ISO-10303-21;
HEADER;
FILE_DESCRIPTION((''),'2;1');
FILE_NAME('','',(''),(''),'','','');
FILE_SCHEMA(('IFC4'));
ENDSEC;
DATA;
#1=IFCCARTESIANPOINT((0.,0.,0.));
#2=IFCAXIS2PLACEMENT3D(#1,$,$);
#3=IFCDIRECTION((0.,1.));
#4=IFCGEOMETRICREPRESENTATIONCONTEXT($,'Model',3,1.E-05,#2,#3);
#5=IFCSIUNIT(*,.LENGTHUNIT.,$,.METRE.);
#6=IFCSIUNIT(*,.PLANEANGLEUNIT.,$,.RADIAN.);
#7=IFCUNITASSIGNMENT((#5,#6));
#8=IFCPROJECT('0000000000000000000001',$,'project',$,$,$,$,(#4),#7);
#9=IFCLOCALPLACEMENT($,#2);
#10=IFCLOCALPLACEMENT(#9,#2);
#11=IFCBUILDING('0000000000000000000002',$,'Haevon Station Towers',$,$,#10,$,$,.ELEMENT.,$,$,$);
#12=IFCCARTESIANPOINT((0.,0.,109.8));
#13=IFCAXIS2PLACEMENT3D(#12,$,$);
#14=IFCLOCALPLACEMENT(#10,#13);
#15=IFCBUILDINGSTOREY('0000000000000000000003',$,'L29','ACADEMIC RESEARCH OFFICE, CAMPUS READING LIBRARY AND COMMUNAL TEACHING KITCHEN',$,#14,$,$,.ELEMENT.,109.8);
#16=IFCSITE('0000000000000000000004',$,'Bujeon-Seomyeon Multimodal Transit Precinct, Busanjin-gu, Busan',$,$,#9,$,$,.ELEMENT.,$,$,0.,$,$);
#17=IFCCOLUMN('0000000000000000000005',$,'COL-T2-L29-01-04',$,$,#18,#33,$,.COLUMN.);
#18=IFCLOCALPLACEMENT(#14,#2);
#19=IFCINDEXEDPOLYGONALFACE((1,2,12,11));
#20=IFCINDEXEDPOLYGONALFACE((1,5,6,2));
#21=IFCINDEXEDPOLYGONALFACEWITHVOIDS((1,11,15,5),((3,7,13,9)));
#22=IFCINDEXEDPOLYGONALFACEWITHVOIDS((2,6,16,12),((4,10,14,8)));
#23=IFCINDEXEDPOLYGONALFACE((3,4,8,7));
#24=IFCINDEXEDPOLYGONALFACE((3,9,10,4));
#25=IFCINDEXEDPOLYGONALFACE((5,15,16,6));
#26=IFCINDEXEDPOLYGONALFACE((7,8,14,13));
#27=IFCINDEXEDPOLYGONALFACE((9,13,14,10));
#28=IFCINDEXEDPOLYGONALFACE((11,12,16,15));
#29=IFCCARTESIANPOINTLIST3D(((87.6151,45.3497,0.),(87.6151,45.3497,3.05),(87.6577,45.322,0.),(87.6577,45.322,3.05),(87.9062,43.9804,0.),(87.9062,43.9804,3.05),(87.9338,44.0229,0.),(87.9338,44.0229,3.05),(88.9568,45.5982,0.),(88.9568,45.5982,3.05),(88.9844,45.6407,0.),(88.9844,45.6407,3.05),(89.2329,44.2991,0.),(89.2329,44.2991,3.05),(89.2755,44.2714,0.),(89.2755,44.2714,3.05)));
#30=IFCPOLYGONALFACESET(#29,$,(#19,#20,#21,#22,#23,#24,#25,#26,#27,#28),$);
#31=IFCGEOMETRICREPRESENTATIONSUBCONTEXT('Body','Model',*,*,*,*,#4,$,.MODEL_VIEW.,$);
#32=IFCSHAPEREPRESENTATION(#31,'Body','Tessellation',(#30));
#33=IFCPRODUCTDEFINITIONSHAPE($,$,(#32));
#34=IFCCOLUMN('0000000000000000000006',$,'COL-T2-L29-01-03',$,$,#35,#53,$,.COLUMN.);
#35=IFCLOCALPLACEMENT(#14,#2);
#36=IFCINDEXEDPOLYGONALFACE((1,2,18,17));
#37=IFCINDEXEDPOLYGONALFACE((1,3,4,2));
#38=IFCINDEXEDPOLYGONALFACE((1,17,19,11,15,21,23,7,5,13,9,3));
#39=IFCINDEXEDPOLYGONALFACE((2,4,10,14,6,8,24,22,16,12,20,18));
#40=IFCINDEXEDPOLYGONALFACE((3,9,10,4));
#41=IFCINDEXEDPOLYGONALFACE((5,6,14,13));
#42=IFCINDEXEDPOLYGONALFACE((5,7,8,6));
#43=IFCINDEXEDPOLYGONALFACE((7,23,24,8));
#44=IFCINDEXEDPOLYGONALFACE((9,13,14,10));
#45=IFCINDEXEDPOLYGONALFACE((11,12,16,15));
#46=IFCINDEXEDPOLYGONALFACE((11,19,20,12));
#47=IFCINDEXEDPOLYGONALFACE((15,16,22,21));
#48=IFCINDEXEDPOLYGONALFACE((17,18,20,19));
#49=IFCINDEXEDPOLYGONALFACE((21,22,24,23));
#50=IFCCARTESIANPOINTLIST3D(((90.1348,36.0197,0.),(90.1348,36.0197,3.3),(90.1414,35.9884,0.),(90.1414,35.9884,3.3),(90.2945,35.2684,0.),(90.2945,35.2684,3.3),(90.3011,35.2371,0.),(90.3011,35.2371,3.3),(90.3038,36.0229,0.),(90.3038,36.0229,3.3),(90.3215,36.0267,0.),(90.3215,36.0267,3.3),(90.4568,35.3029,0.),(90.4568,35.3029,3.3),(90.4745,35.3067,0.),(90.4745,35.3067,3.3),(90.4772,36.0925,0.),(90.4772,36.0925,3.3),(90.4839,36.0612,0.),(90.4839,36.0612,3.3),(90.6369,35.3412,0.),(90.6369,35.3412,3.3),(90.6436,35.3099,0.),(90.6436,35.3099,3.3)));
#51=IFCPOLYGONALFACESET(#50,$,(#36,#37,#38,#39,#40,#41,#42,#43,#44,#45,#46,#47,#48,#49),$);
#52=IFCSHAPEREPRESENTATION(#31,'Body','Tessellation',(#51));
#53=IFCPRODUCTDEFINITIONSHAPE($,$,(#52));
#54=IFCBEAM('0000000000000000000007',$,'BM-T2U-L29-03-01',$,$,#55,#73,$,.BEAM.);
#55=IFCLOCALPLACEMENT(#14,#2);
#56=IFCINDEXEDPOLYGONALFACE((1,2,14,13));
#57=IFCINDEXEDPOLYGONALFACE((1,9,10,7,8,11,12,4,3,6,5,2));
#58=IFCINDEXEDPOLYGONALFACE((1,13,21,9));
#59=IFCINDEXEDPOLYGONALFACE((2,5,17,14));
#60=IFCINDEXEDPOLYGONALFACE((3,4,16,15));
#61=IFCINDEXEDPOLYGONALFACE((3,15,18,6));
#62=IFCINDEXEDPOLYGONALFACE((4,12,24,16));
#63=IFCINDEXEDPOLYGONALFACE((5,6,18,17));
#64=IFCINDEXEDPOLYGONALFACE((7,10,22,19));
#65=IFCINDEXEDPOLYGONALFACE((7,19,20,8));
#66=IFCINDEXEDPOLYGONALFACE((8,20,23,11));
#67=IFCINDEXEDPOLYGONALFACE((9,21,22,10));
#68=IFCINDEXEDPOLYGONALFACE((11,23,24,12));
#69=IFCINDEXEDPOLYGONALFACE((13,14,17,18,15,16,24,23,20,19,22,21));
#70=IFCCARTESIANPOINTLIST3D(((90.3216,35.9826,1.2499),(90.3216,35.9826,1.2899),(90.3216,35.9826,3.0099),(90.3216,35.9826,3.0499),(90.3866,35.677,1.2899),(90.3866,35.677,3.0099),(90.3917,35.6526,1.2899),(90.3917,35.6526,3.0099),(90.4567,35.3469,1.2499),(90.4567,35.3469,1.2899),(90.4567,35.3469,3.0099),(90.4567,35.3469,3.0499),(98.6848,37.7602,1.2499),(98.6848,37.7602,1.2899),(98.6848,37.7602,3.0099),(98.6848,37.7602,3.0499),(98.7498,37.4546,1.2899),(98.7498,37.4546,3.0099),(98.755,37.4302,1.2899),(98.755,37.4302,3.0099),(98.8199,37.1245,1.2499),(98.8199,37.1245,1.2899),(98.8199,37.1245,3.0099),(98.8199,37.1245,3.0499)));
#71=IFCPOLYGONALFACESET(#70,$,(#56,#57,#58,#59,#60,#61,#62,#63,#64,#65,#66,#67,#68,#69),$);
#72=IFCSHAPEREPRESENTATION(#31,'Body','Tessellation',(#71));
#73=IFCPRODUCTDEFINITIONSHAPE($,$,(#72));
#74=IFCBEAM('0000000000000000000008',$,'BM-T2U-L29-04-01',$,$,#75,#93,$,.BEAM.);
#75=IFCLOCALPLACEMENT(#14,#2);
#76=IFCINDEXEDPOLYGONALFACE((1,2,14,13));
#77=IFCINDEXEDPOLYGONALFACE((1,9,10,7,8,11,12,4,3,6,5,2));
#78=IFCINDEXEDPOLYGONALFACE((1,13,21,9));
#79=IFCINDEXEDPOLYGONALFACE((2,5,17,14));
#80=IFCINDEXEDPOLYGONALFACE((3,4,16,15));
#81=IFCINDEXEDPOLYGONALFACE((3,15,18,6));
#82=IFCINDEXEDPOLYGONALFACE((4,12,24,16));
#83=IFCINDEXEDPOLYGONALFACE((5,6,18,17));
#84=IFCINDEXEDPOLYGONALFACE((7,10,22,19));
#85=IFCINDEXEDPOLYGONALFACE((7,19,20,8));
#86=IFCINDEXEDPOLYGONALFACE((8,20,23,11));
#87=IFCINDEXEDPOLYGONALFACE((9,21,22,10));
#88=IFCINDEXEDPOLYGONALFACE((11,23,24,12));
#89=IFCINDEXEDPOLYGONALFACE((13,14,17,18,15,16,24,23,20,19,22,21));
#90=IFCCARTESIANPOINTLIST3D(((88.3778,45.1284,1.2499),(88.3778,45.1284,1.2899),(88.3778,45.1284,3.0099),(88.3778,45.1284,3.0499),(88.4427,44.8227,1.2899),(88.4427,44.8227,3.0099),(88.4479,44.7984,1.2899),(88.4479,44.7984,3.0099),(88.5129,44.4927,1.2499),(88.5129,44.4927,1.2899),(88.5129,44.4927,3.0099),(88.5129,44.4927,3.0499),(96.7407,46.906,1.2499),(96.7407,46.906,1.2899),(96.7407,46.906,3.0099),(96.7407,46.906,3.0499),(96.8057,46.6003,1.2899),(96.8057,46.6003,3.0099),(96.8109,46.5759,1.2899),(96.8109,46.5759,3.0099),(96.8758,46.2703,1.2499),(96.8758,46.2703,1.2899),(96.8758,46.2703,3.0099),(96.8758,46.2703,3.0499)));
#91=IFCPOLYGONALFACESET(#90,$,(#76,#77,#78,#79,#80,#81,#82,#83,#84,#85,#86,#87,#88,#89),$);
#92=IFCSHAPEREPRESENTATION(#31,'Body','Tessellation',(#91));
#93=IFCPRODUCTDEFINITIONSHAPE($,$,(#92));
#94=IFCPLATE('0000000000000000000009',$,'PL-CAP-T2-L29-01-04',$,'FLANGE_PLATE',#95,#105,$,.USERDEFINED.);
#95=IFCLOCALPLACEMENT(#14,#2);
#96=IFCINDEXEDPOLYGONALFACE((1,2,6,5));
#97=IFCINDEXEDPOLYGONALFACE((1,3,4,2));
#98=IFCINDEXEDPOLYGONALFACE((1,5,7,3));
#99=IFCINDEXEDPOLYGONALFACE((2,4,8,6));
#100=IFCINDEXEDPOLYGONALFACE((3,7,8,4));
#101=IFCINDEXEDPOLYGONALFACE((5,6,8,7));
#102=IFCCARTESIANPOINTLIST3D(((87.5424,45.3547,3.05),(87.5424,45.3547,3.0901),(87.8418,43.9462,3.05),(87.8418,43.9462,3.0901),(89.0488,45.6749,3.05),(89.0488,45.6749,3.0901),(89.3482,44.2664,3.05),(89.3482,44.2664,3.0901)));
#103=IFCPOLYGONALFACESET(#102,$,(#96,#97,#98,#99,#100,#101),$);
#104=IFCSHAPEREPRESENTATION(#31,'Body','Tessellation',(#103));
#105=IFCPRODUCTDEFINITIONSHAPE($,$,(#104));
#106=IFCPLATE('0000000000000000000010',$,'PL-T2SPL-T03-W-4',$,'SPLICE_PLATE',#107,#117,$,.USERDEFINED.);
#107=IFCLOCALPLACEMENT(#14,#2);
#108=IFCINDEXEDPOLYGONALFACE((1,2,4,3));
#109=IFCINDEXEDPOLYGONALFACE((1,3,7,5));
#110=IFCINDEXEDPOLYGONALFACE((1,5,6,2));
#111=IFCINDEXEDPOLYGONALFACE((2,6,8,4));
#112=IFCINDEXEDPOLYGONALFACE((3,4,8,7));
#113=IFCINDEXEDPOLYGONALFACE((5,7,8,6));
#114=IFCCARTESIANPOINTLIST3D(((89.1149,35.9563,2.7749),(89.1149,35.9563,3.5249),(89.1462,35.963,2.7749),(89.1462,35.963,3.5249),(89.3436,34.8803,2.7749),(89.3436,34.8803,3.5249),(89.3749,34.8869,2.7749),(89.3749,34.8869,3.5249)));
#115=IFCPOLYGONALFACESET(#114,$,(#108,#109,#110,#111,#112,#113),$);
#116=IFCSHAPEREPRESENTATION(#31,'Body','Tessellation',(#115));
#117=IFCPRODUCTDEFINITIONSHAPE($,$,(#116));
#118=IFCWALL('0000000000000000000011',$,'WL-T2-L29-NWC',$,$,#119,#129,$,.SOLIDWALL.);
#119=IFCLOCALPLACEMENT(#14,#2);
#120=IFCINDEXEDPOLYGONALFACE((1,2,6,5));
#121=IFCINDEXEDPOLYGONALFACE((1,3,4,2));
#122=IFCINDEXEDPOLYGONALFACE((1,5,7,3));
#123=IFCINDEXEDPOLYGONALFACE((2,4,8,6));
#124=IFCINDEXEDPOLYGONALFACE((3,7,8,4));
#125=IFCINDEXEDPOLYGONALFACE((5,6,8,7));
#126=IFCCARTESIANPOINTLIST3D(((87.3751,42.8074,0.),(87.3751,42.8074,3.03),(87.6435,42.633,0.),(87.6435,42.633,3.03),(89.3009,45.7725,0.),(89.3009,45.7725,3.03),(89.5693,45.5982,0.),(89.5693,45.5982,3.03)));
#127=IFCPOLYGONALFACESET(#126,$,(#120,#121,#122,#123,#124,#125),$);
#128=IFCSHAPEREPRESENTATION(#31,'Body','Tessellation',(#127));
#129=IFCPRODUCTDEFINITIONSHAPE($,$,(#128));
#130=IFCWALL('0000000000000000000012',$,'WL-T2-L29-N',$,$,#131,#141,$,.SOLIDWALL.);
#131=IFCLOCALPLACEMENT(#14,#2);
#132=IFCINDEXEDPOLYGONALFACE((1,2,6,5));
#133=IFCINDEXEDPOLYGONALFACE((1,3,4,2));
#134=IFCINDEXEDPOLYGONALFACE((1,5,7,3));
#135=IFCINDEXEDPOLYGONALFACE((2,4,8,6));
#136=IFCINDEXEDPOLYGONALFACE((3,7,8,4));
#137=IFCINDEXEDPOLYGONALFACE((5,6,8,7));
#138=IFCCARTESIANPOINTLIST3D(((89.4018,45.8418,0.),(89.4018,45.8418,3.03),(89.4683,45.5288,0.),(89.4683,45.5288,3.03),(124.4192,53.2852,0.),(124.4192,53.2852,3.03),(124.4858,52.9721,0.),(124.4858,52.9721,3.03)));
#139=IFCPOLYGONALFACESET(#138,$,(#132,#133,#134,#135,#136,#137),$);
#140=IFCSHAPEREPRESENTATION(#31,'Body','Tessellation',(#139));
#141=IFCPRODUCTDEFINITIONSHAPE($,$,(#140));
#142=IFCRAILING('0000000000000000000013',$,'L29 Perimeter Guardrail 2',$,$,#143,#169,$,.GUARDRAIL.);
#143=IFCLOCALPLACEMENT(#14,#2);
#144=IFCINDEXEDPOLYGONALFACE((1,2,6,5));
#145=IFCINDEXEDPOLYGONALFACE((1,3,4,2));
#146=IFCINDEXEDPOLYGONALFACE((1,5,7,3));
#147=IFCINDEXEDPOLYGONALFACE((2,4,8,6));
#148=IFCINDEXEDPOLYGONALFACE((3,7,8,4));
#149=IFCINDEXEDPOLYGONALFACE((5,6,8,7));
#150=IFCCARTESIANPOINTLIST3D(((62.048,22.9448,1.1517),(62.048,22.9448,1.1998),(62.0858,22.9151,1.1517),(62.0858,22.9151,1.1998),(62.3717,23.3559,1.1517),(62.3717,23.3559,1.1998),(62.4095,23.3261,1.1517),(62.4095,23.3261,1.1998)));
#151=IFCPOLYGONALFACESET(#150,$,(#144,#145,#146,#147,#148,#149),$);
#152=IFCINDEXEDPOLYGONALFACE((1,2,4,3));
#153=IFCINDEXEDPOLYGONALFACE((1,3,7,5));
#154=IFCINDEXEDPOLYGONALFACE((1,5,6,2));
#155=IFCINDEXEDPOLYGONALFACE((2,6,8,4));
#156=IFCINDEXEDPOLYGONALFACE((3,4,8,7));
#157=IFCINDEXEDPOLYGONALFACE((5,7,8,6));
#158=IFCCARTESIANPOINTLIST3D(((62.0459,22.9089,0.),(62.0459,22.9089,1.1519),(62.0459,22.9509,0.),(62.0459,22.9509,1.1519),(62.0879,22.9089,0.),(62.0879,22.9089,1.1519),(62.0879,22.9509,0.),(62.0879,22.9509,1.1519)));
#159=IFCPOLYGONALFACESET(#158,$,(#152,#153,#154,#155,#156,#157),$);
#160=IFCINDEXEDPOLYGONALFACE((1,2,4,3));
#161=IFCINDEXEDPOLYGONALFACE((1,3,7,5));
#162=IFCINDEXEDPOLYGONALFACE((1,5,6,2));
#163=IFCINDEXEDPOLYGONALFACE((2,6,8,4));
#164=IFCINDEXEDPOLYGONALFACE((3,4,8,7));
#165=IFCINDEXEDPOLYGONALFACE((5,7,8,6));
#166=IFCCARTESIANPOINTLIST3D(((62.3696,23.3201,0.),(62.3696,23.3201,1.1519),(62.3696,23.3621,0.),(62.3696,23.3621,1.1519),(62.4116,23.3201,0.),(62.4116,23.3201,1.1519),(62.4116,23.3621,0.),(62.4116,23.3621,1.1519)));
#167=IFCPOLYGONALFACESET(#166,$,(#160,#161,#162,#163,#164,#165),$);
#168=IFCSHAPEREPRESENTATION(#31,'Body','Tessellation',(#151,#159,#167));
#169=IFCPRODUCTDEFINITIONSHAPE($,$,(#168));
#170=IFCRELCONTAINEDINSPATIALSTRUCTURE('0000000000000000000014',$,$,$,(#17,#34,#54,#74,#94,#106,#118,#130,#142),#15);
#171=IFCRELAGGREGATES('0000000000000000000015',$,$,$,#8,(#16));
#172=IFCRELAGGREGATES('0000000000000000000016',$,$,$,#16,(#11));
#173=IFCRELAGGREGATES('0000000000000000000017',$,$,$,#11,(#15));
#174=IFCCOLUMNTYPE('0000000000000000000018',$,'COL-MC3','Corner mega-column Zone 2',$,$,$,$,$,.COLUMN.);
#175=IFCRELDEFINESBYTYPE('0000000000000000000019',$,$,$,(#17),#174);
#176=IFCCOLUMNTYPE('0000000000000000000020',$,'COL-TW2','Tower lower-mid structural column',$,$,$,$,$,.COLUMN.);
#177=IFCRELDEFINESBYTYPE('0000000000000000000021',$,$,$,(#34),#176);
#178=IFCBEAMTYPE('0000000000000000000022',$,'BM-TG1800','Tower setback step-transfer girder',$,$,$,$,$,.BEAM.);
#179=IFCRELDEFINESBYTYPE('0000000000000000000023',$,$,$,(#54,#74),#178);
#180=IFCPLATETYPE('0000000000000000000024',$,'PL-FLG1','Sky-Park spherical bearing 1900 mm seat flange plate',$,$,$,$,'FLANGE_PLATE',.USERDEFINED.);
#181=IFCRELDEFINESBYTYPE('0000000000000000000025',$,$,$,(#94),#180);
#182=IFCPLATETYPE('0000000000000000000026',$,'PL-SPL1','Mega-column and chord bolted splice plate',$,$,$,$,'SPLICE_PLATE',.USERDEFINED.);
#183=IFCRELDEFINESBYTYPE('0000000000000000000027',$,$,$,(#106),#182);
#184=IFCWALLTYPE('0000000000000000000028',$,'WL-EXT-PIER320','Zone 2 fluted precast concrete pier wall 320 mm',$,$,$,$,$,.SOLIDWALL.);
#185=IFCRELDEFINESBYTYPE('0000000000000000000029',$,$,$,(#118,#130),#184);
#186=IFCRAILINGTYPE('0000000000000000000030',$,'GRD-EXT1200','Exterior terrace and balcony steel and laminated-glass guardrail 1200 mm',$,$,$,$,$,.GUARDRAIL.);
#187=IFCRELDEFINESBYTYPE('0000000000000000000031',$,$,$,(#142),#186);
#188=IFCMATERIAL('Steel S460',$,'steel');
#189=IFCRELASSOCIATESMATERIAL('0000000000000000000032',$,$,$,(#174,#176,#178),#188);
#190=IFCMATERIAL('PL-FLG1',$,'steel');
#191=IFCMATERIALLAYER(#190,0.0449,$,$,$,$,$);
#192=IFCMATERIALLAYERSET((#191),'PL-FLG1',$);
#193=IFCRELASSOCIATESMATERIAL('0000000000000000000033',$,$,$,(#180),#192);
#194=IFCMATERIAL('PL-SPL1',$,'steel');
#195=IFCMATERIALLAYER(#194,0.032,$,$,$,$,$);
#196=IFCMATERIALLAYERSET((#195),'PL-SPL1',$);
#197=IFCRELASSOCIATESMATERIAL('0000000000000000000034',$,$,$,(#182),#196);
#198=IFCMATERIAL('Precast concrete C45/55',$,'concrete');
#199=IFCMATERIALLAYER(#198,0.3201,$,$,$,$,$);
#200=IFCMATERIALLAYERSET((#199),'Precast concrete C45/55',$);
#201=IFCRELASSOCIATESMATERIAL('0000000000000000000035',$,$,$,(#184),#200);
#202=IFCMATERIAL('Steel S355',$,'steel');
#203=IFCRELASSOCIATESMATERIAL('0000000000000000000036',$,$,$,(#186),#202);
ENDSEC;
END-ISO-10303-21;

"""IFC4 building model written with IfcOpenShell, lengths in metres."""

from ifc_helpers import new_model, si_unit, direction, frame, frame_2d, origin, origin_2d, place, context, subcontext, project, spatial, rectangle, hollow_rectangle, i_section, extrude, material, layer, layer_set, material_profile, profile_set, type_object, element, save


model = new_model("IFC4")

# Units and contexts
model_context = context("Model", 3, precision=1e-05, world=origin(), true_north=direction((0.0, 1.0)))
body_context = subcontext(model_context, "Body", "Model", "MODEL_VIEW")
ifc_project = project(units=[si_unit("LENGTHUNIT", "METRE"), si_unit("PLANEANGLEUNIT", "RADIAN")], contexts=[model_context])

# Site, building, storey
site_placement = place(None, origin())
site = spatial("IfcSite", under=ifc_project, at=site_placement, Name="Bujeon-Seomyeon Multimodal Transit Precinct, Busanjin-gu, Busan", CompositionType="ELEMENT", RefElevation=0.0)
building_placement = place(site_placement, origin())
building = spatial("IfcBuilding", under=site, at=building_placement, Name="Haevon Station Towers", CompositionType="ELEMENT")
storey_placement = place(building_placement, frame((0.0, 0.0, 109.8)))
storey = spatial("IfcBuildingStorey", under=building, at=storey_placement, Name="L29", Description="ACADEMIC RESEARCH OFFICE, CAMPUS READING LIBRARY AND COMMUNAL TEACHING KITCHEN", CompositionType="ELEMENT", Elevation=109.8)

# Columns
ifc_material_1 = material(Name="Steel S460", Category="steel")
ifc_material_profile_1 = material_profile(ifc_material_1, hollow_rectangle(XDim=1.3999, YDim=1.3999, WallThickness=0.0359, at=origin_2d()), Name="BOX-1400x1400x36")
ifc_profile_set_1 = profile_set([ifc_material_profile_1], Name="Steel S460")
column_type_1 = type_object("IfcColumnType", Name="COL-MC3", Description="Corner mega-column Zone 2", PredefinedType="COLUMN", material=ifc_profile_set_1)
column_1_placement = place(storey_placement, frame((88.4453, 44.8105, 0.0), z_axis=(0.0, 0.0, 1.0), x_axis=(0.978148, 0.207912, 0.0)))
element("IfcColumn", 1, at=column_1_placement, inside=storey, type_object=column_type_1, Name="COL-T2-L29-01-04", PredefinedType="COLUMN", context=body_context, shape_type="SweptSolid", body=[
    extrude(hollow_rectangle(XDim=1.3999, YDim=1.3999, WallThickness=0.0359, at=origin_2d()), origin(), (0.0, 0.0, 1.0), 3.05),
])
ifc_material_profile_2 = material_profile(ifc_material_1, i_section(OverallWidth=0.3501, OverallDepth=0.8, WebThickness=0.0181, FlangeThickness=0.032, at=origin_2d()), Name="H-800x350x18x32")
ifc_profile_set_2 = profile_set([ifc_material_profile_2], Name="Steel S460")
column_type_2 = type_object("IfcColumnType", Name="COL-TW2", Description="Tower lower-mid structural column", PredefinedType="COLUMN", material=ifc_profile_set_2)
column_2_placement = place(storey_placement, frame((90.3892, 35.6648, 0.0), z_axis=(0.0, 0.0, 1.0), x_axis=(0.978148, 0.207912, 0.0)))
element("IfcColumn", 2, at=column_2_placement, inside=storey, type_object=column_type_2, Name="COL-T2-L29-01-03", PredefinedType="COLUMN", context=body_context, shape_type="SweptSolid", body=[
    extrude(i_section(OverallWidth=0.3501, OverallDepth=0.8, WebThickness=0.0181, FlangeThickness=0.032, at=origin_2d()), origin(), (0.0, 0.0, 1.0), 3.3),
])

# Beams
ifc_material_profile_3 = material_profile(ifc_material_1, i_section(OverallWidth=0.6499, OverallDepth=1.8, WebThickness=0.0249, FlangeThickness=0.04, at=origin_2d()), Name="H-1800x650x25x40")
ifc_profile_set_3 = profile_set([ifc_material_profile_3], Name="Steel S460")
beam_type = type_object("IfcBeamType", Name="BM-TG1800", Description="Tower setback step-transfer girder", PredefinedType="BEAM", material=ifc_profile_set_3)
beam_1_placement = place(storey_placement, frame((90.3892, 35.6648, 2.1499), z_axis=(0.97815, 0.207902, 0.0), x_axis=(-0.207902, 0.97815, 0.0)))
element("IfcBeam", 3, at=beam_1_placement, inside=storey, type_object=beam_type, Name="BM-T2U-L29-03-01", PredefinedType="BEAM", context=body_context, shape_type="SweptSolid", body=[
    extrude(i_section(OverallWidth=0.6499, OverallDepth=1.8, WebThickness=0.0249, FlangeThickness=0.04, at=origin_2d()), origin(), (0.0, 0.0, 1.0), 8.55),
])
beam_2_placement = place(storey_placement, frame((88.4453, 44.8105, 2.1499), z_axis=(0.978148, 0.207908, 0.0), x_axis=(-0.207908, 0.978148, 0.0)))
element("IfcBeam", 4, at=beam_2_placement, inside=storey, type_object=beam_type, Name="BM-T2U-L29-04-01", PredefinedType="BEAM", context=body_context, shape_type="SweptSolid", body=[
    extrude(i_section(OverallWidth=0.6499, OverallDepth=1.8, WebThickness=0.0249, FlangeThickness=0.04, at=origin_2d()), origin(), (0.0, 0.0, 1.0), 8.5498),
])

# Plates
ifc_material_2 = material(Name="PL-FLG1", Category="steel")
ifc_layer_1 = layer(ifc_material_2, 0.0449)
ifc_layer_set_1 = layer_set([ifc_layer_1], Name="PL-FLG1")
plate_type_1 = type_object("IfcPlateType", Name="PL-FLG1", Description="Sky-Park spherical bearing 1900 mm seat flange plate", ElementType="FLANGE_PLATE", PredefinedType="USERDEFINED", material=ifc_layer_set_1)
plate_1_placement = place(storey_placement, frame((88.4453, 44.8105, 3.05), z_axis=(0.0, 0.0, 1.0), x_axis=(0.978148, 0.207912, 0.0)))
element("IfcPlate", 5, at=plate_1_placement, inside=storey, type_object=plate_type_1, Name="PL-CAP-T2-L29-01-04", ObjectType="FLANGE_PLATE", PredefinedType="USERDEFINED", context=body_context, shape_type="SweptSolid", body=[
    extrude(rectangle(XDim=1.54, YDim=1.4399, at=origin_2d()), origin(), (0.0, 0.0, 1.0), 0.04),
])
ifc_material_3 = material(Name="PL-SPL1", Category="steel")
ifc_layer_2 = layer(ifc_material_3, 0.032)
ifc_layer_set_2 = layer_set([ifc_layer_2], Name="PL-SPL1")
plate_type_2 = type_object("IfcPlateType", Name="PL-SPL1", Description="Mega-column and chord bolted splice plate", ElementType="SPLICE_PLATE", PredefinedType="USERDEFINED", material=ifc_layer_set_2)
plate_2_placement = place(storey_placement, frame((89.2449, 35.4216, 2.7749), z_axis=(0.0, 0.0, 1.0), x_axis=(-0.207912, 0.978148, 0.0)))
element("IfcPlate", 6, at=plate_2_placement, inside=storey, type_object=plate_type_2, Name="PL-T2SPL-T03-W-4", ObjectType="SPLICE_PLATE", PredefinedType="USERDEFINED", context=body_context, shape_type="SweptSolid", body=[
    extrude(rectangle(XDim=1.1001, YDim=0.032, at=origin_2d()), origin(), (0.0, 0.0, 1.0), 0.75),
])

# Walls
ifc_material_4 = material(Name="Precast concrete C45/55", Category="concrete")
ifc_layer_3 = layer(ifc_material_4, 0.3201)
ifc_layer_set_3 = layer_set([ifc_layer_3], Name="Precast concrete C45/55")
wall_type = type_object("IfcWallType", Name="WL-EXT-PIER320", Description="Zone 2 fluted precast concrete pier wall 320 mm", PredefinedType="SOLIDWALL", material=ifc_layer_set_3)
wall_1_placement = place(storey_placement, frame((87.5093, 42.7202, 0.0), z_axis=(0.0, 0.0, 1.0), x_axis=(0.544685, 0.838641, 0.0)))
element("IfcWall", 7, at=wall_1_placement, inside=storey, type_object=wall_type, Name="WL-T2-L29-NWC", PredefinedType="SOLIDWALL", context=body_context, shape_type="SweptSolid", body=[
    extrude(rectangle(XDim=3.5356, YDim=0.3201, at=frame_2d((1.7678, 0.0))), origin(), (0.0, 0.0, 1.0), 3.03),
])
wall_2_placement = place(storey_placement, frame((89.4351, 45.6853, 0.0), z_axis=(0.0, 0.0, 1.0), x_axis=(0.978147, 0.207916, 0.0)))
element("IfcWall", 8, at=wall_2_placement, inside=storey, type_object=wall_type, Name="WL-T2-L29-N", PredefinedType="SOLIDWALL", context=body_context, shape_type="SweptSolid", body=[
    extrude(rectangle(XDim=35.7998, YDim=0.3201, at=frame_2d((17.8999, 0.0))), origin(), (0.0, 0.0, 1.0), 3.03),
])

# Railing
ifc_material_5 = material(Name="Steel S355", Category="steel")
railing_type = type_object("IfcRailingType", Name="GRD-EXT1200", Description="Exterior terrace and balcony steel and laminated-glass guardrail 1200 mm", PredefinedType="GUARDRAIL", material=ifc_material_5)
railing_1_placement = place(storey_placement, frame((62.0669, 22.9299, 0.0)))
element("IfcRailing", 9, at=railing_1_placement, inside=storey, type_object=railing_type, Name="L29 Perimeter Guardrail 2", PredefinedType="GUARDRAIL", context=body_context, shape_type="SweptSolid", body=[
    extrude(rectangle(XDim=0.0481, YDim=0.0481, at=origin_2d()), frame((0.0, 0.0, 1.1758), z_axis=(0.618645, 0.78567, 0.0), x_axis=(-0.78567, 0.618645, 0.0)), (0.0, 0.0, 1.0), 0.5232),
    extrude(rectangle(XDim=0.042, YDim=0.042, at=origin_2d()), origin(), (0.0, 0.0, 1.0), 1.1519),
    extrude(rectangle(XDim=0.042, YDim=0.042, at=origin_2d()), frame((0.3237, 0.4111, 0.0)), (0.0, 0.0, 1.0), 1.1519),
])

save(model, "model.ifc")
